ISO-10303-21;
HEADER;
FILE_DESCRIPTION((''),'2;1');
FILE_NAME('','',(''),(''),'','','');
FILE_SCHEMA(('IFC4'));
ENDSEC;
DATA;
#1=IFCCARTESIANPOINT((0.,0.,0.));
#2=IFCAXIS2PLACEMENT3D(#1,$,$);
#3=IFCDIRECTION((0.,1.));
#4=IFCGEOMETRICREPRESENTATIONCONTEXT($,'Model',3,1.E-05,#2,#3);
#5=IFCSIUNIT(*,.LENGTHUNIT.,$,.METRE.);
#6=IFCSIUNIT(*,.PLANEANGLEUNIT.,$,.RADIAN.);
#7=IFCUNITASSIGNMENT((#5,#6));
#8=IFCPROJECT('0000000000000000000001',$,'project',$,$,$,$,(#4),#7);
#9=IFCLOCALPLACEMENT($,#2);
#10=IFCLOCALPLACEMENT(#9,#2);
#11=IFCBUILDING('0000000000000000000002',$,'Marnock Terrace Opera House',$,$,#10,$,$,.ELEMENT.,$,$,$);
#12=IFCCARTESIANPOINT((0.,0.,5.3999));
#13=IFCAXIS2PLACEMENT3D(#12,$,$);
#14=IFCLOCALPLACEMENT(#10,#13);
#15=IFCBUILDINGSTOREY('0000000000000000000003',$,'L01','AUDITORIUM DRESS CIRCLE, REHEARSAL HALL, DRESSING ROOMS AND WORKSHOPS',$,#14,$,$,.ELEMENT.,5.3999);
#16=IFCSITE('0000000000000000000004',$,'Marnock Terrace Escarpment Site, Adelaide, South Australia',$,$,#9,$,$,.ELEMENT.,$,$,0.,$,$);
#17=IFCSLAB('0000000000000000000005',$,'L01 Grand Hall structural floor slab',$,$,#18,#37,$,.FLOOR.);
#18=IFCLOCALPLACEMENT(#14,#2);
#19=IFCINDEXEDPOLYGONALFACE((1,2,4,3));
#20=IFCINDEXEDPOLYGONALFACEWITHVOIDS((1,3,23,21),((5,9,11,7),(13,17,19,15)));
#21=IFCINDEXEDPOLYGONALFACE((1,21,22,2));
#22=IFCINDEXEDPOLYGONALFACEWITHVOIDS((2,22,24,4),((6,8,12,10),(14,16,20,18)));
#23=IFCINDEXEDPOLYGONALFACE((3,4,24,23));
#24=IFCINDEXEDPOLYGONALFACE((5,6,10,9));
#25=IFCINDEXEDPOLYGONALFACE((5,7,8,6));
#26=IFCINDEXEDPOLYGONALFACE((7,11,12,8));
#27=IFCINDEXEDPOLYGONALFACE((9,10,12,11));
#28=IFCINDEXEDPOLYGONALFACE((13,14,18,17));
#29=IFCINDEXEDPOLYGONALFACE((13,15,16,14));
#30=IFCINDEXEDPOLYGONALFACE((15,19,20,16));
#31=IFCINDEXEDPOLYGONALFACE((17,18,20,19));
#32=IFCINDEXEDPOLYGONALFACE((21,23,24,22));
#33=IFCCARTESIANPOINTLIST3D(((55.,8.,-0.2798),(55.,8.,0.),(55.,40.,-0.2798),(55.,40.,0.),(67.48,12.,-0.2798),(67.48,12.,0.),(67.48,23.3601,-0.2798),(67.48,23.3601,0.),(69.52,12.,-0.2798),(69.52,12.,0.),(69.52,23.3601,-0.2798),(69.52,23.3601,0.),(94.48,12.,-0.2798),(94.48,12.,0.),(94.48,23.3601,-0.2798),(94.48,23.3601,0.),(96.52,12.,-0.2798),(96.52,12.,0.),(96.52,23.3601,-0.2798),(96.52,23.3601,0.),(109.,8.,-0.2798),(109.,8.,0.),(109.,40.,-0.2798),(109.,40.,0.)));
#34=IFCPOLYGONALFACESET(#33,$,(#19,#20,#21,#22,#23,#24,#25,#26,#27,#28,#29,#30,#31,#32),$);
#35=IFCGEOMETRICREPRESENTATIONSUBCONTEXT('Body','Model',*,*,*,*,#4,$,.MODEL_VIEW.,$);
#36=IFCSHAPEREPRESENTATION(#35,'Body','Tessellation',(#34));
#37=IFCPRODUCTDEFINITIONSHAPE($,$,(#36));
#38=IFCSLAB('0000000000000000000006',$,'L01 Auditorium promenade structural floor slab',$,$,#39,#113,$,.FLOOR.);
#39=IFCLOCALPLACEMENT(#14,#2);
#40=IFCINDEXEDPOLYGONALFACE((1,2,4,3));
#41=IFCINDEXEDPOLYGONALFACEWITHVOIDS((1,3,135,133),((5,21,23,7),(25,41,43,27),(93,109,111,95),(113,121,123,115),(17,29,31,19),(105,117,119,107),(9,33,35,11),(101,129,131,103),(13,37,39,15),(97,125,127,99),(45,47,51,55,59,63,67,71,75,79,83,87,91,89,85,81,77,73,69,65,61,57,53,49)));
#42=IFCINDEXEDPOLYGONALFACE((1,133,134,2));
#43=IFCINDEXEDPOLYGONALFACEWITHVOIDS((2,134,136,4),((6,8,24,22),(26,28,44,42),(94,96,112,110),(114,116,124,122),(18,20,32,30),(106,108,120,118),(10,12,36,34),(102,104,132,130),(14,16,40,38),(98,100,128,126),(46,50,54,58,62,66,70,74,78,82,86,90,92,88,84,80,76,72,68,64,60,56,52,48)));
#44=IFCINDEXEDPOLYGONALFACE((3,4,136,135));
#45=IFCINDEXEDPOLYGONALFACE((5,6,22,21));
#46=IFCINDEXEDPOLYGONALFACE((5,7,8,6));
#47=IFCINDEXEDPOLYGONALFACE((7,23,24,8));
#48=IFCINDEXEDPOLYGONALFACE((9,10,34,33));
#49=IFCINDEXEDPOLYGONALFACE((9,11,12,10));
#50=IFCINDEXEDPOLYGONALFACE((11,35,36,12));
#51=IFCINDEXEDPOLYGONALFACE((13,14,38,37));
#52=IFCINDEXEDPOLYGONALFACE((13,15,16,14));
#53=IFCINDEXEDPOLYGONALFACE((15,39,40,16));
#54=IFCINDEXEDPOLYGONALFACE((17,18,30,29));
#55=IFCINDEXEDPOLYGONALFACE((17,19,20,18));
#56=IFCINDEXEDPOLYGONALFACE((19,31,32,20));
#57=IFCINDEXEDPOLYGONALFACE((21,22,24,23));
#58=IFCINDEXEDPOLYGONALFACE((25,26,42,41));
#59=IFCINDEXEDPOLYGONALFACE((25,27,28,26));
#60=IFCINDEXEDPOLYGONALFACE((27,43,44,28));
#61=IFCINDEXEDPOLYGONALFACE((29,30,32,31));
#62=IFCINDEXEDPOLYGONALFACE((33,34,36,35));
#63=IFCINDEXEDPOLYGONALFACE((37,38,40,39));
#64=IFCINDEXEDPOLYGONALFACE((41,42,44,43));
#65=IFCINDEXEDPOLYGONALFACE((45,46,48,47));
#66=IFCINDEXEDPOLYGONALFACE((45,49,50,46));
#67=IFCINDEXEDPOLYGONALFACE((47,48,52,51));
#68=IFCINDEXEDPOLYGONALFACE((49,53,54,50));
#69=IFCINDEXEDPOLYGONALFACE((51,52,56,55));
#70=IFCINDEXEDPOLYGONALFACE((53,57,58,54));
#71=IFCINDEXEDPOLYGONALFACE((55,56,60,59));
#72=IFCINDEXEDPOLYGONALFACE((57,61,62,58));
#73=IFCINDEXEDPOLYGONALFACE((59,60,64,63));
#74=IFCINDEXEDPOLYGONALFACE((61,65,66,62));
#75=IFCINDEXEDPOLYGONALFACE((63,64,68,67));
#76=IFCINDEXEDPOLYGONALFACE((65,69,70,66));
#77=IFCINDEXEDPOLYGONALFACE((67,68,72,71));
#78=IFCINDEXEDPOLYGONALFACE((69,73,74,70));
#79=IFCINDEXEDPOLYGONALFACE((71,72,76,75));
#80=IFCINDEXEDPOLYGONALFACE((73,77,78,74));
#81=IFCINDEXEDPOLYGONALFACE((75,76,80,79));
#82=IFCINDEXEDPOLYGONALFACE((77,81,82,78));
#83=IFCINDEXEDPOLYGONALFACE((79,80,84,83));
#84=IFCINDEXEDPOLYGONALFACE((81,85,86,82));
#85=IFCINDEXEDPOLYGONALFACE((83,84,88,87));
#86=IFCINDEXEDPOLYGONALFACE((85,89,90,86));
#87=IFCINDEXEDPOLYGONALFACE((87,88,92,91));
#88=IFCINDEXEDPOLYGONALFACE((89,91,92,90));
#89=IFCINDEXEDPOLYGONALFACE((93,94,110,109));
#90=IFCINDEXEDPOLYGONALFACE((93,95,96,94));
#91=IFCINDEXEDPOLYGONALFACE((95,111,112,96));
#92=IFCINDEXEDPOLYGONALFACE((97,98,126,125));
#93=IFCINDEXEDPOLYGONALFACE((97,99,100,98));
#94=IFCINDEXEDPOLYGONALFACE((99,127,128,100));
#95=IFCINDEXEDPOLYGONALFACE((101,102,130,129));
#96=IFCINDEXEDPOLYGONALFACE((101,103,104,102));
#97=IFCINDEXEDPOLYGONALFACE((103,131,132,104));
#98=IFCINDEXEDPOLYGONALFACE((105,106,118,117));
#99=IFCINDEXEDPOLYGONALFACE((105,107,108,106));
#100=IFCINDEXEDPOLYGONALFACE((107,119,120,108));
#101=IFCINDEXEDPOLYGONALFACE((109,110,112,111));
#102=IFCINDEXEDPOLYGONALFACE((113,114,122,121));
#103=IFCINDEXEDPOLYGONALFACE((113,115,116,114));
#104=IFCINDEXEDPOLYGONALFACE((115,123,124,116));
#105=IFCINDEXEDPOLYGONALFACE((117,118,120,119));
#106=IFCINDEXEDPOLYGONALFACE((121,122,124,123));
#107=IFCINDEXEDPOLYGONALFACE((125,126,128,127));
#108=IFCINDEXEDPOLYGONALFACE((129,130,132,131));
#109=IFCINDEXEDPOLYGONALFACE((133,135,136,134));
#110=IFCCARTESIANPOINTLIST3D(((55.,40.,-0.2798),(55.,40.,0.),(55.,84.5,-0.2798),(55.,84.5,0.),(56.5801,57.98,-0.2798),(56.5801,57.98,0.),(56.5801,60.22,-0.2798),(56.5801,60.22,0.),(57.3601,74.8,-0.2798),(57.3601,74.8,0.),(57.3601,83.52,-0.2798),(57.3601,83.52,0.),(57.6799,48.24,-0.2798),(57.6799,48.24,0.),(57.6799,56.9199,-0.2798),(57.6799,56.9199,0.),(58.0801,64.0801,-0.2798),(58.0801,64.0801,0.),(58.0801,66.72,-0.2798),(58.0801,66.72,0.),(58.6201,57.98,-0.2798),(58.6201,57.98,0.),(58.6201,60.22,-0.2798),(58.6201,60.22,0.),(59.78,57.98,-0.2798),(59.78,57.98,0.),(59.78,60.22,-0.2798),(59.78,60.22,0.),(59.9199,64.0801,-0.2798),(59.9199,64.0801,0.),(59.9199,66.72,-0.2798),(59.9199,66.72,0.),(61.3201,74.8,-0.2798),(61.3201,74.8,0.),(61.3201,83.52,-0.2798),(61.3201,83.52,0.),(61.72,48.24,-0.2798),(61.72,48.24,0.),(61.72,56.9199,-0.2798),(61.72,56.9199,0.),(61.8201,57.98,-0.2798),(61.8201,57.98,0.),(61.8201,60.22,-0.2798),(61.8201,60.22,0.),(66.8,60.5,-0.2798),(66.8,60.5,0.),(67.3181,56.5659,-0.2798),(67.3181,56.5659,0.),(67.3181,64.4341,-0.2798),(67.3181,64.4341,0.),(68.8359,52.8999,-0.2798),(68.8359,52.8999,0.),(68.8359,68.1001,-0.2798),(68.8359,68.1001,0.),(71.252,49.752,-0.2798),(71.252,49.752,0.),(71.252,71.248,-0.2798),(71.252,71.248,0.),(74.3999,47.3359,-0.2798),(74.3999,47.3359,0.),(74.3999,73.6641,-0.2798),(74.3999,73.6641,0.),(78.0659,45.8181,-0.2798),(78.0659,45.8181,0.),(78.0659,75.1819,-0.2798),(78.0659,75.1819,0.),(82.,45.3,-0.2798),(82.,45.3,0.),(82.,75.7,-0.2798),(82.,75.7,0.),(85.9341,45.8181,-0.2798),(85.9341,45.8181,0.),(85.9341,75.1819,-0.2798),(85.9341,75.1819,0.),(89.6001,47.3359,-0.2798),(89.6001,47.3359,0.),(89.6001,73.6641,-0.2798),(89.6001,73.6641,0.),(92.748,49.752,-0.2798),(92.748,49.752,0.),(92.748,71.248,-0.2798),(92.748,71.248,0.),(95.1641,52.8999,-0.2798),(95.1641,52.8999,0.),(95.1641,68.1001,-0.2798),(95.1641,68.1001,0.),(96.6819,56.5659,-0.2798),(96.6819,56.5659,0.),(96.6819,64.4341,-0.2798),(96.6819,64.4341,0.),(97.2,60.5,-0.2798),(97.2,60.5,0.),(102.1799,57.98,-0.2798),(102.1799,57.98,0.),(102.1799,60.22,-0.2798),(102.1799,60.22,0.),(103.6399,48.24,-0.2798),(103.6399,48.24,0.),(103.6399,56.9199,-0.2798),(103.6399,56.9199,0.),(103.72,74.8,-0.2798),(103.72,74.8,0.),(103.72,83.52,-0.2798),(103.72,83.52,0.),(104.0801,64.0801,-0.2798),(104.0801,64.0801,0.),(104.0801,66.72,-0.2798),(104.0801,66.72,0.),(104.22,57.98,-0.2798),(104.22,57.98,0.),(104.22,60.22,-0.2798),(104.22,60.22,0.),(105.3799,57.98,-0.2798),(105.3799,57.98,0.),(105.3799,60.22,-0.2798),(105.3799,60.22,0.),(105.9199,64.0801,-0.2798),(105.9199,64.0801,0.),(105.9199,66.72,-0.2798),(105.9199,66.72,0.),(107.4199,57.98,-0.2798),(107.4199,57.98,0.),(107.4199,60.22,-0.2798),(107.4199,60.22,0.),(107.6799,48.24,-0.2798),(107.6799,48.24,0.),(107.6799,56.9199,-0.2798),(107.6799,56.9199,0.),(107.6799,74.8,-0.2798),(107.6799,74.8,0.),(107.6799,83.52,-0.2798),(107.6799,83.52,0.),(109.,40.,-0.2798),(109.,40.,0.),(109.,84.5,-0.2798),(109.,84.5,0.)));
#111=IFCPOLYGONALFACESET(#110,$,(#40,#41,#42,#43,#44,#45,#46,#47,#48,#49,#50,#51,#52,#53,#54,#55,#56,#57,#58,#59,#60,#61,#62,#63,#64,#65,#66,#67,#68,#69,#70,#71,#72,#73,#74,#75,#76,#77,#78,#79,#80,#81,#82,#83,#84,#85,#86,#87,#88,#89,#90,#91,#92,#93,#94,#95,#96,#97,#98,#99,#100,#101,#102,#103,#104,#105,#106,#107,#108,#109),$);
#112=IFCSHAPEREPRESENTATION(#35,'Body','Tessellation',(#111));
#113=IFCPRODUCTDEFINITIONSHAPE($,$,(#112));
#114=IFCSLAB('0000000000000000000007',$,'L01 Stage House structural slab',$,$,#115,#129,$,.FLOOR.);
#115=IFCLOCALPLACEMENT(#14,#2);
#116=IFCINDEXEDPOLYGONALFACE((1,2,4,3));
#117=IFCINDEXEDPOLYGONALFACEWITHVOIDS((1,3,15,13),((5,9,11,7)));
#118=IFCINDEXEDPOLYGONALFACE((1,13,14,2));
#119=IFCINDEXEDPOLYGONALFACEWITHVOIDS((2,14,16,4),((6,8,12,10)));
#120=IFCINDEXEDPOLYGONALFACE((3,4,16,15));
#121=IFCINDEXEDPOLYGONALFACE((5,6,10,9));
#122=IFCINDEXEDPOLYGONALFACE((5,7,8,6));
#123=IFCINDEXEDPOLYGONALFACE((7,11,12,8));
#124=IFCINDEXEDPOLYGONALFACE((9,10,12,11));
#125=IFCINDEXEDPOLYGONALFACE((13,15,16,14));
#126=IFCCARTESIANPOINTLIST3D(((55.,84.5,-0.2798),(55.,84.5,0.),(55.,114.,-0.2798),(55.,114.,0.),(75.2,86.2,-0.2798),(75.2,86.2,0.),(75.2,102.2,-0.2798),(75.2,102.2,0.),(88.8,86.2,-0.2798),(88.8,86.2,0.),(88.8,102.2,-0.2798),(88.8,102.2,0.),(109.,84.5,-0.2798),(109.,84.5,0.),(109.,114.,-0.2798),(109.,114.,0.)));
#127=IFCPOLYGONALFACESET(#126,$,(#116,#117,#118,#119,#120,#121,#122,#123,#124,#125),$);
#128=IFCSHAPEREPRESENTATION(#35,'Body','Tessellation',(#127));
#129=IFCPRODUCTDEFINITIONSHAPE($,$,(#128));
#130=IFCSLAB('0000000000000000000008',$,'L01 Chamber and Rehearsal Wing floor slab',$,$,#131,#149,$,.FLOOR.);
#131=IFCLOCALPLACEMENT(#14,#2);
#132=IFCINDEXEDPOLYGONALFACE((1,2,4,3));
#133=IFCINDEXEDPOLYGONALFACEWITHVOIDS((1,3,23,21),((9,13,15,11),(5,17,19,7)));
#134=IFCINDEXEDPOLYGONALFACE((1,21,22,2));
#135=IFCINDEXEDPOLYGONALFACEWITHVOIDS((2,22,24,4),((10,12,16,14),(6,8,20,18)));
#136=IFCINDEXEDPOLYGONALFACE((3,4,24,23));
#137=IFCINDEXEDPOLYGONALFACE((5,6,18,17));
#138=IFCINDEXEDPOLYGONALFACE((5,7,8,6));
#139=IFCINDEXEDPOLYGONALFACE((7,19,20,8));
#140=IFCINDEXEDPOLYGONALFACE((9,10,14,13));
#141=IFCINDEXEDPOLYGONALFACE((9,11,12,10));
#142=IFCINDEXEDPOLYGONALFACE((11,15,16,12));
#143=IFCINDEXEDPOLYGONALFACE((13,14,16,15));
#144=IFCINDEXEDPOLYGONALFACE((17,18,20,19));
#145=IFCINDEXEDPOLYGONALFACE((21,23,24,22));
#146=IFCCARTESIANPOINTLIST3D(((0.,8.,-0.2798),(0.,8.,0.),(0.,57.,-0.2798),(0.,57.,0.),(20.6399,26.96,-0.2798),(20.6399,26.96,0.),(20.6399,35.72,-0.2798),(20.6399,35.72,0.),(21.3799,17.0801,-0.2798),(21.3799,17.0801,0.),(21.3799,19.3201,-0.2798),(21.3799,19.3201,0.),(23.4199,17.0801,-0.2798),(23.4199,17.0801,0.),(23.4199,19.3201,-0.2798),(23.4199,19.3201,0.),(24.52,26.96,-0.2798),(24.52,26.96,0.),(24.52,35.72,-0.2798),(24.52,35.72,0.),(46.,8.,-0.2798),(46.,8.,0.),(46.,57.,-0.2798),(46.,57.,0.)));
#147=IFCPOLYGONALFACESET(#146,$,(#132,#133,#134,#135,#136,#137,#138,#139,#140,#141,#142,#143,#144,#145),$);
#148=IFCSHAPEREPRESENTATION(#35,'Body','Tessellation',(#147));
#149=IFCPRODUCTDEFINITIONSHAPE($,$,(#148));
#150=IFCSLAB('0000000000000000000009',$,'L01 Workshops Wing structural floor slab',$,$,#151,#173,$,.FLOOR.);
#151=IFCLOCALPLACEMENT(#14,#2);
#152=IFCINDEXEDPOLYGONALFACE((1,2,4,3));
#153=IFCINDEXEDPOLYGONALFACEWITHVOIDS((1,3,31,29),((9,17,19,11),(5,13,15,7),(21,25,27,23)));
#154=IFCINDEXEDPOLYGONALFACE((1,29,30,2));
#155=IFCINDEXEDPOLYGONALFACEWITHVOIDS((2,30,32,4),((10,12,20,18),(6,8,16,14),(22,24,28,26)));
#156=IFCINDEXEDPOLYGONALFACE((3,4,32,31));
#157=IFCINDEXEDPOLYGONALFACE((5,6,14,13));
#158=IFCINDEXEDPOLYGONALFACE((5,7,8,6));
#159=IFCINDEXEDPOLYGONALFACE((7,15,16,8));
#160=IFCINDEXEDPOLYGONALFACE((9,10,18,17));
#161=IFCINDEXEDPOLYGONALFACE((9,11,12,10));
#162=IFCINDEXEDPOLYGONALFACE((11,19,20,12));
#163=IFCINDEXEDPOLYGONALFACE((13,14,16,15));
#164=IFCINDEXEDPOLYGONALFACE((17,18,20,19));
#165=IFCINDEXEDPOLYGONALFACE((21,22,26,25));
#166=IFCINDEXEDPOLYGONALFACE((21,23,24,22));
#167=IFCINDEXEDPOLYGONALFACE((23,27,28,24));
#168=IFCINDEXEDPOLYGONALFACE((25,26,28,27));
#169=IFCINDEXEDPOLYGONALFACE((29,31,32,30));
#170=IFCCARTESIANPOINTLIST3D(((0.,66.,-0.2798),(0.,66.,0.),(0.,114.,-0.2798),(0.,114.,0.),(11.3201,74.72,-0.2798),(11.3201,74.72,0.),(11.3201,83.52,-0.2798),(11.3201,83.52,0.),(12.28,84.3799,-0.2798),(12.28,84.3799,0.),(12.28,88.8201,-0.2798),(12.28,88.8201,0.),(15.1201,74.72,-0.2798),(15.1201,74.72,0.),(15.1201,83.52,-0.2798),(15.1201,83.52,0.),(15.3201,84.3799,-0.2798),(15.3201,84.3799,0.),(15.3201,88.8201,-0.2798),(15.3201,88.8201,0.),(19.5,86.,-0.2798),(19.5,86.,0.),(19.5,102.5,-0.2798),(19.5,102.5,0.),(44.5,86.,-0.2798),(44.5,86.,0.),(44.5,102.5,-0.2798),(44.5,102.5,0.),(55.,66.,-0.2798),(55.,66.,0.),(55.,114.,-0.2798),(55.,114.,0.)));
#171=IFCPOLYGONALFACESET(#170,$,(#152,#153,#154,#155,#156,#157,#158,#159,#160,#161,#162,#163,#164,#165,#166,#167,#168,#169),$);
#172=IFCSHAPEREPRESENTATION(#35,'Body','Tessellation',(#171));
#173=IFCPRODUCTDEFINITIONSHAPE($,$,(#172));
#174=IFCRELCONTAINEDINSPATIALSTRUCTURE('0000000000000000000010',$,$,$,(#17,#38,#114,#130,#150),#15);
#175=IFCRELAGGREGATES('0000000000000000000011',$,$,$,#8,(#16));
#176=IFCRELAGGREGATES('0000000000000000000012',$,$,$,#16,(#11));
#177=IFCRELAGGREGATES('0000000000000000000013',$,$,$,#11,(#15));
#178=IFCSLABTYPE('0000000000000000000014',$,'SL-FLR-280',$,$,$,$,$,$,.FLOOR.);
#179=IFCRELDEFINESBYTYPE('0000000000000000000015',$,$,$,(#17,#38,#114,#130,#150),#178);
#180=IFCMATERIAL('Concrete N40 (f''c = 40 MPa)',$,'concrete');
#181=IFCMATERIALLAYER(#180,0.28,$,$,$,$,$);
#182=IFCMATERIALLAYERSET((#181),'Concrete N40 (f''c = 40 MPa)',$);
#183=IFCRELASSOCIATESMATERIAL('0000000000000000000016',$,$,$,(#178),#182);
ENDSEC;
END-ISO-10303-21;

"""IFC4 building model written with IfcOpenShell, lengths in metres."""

from ifc_helpers import new_model, si_unit, direction, frame, origin, place, context, subcontext, project, spatial, polyline, outline, extrude, material, layer, layer_set, type_object, element, save


model = new_model("IFC4")

# Units and contexts
model_context = context("Model", 3, precision=1e-05, world=origin(), true_north=direction((0.0, 1.0)))
body_context = subcontext(model_context, "Body", "Model", "MODEL_VIEW")
ifc_project = project(units=[si_unit("LENGTHUNIT", "METRE"), si_unit("PLANEANGLEUNIT", "RADIAN")], contexts=[model_context])

# Site, building, storey
site_placement = place(None, origin())
site = spatial("IfcSite", under=ifc_project, at=site_placement, Name="Marnock Terrace Escarpment Site, Adelaide, South Australia", CompositionType="ELEMENT", RefElevation=0.0)
building_placement = place(site_placement, origin())
building = spatial("IfcBuilding", under=site, at=building_placement, Name="Marnock Terrace Opera House", CompositionType="ELEMENT")
storey_placement = place(building_placement, frame((0.0, 0.0, 5.3999)))
storey = spatial("IfcBuildingStorey", under=building, at=storey_placement, Name="L01", Description="AUDITORIUM DRESS CIRCLE, REHEARSAL HALL, DRESSING ROOMS AND WORKSHOPS", CompositionType="ELEMENT", Elevation=5.3999)

# Slabs
ifc_material_1 = material(Name="Concrete N40 (f'c = 40 MPa)", Category="concrete")
ifc_layer_1 = layer(ifc_material_1, 0.28)
ifc_layer_set_1 = layer_set([ifc_layer_1], Name="Concrete N40 (f'c = 40 MPa)")
slab_type_1 = type_object("IfcSlabType", Name="SL-FLR-280", PredefinedType="FLOOR", material=ifc_layer_set_1)
slab_1_placement = place(storey_placement, frame((0.0, 0.0, -0.2798)))
element("IfcSlab", 1, at=slab_1_placement, inside=storey, type_object=slab_type_1, Name="L01 Grand Hall structural floor slab", PredefinedType="FLOOR", context=body_context, shape_type="SweptSolid", body=[
    extrude(outline(polyline([(55.0, 8.0), (109.0, 8.0), (109.0, 40.0), (55.0, 40.0), (55.0, 8.0)]), holes=[polyline([(67.48, 12.0), (69.52, 12.0), (69.52, 23.3601), (67.48, 23.3601), (67.48, 12.0)]), polyline([(94.48, 12.0), (96.52, 12.0), (96.52, 23.3601), (94.48, 23.3601), (94.48, 12.0)])]), origin(), (0.0, 0.0, 1.0), 0.2798),
])
slab_2_placement = place(storey_placement, frame((0.0, 0.0, -0.2798)))
element("IfcSlab", 2, at=slab_2_placement, inside=storey, type_object=slab_type_1, Name="L01 Auditorium promenade structural floor slab", PredefinedType="FLOOR", context=body_context, shape_type="SweptSolid", body=[
    extrude(outline(polyline([(55.0, 40.0), (109.0, 40.0), (109.0, 84.5), (55.0, 84.5), (55.0, 40.0)]), holes=[polyline([(61.72, 48.24), (61.72, 56.9199), (57.6799, 56.9199), (57.6799, 48.24), (61.72, 48.24)]), polyline([(56.5801, 57.98), (58.6201, 57.98), (58.6201, 60.22), (56.5801, 60.22), (56.5801, 57.98)]), polyline([(59.78, 57.98), (61.8201, 57.98), (61.8201, 60.22), (59.78, 60.22), (59.78, 57.98)]), polyline([(107.6799, 48.24), (107.6799, 56.9199), (103.6399, 56.9199), (103.6399, 48.24), (107.6799, 48.24)]), polyline([(102.1799, 57.98), (104.22, 57.98), (104.22, 60.22), (102.1799, 60.22), (102.1799, 57.98)]), polyline([(105.3799, 57.98), (107.4199, 57.98), (107.4199, 60.22), (105.3799, 60.22), (105.3799, 57.98)]), polyline([(61.3201, 74.8), (61.3201, 83.52), (57.3601, 83.52), (57.3601, 74.8), (61.3201, 74.8)]), polyline([(58.0801, 64.0801), (59.9199, 64.0801), (59.9199, 66.72), (58.0801, 66.72), (58.0801, 64.0801)]), polyline([(107.6799, 74.8), (107.6799, 83.52), (103.72, 83.52), (103.72, 74.8), (107.6799, 74.8)]), polyline([(104.0801, 64.0801), (105.9199, 64.0801), (105.9199, 66.72), (104.0801, 66.72), (104.0801, 64.0801)]), polyline([(97.2, 60.5), (96.6819, 64.4341), (95.1641, 68.1001), (92.748, 71.248), (89.6001, 73.6641), (85.9341, 75.1819), (82.0, 75.7), (78.0659, 75.1819), (74.3999, 73.6641), (71.252, 71.248), (68.8359, 68.1001), (67.3181, 64.4341), (66.8, 60.5), (67.3181, 56.5659), (68.8359, 52.8999), (71.252, 49.752), (74.3999, 47.3359), (78.0659, 45.8181), (82.0, 45.3), (85.9341, 45.8181), (89.6001, 47.3359), (92.748, 49.752), (95.1641, 52.8999), (96.6819, 56.5659), (97.2, 60.5)])]), origin(), (0.0, 0.0, 1.0), 0.2798),
])
slab_3_placement = place(storey_placement, frame((0.0, 0.0, -0.2798)))
element("IfcSlab", 3, at=slab_3_placement, inside=storey, type_object=slab_type_1, Name="L01 Stage House structural slab", PredefinedType="FLOOR", context=body_context, shape_type="SweptSolid", body=[
    extrude(outline(polyline([(55.0, 84.5), (109.0, 84.5), (109.0, 114.0), (55.0, 114.0), (55.0, 84.5)]), holes=[polyline([(75.2, 86.2), (88.8, 86.2), (88.8, 102.2), (75.2, 102.2), (75.2, 86.2)])]), origin(), (0.0, 0.0, 1.0), 0.2798),
])
slab_4_placement = place(storey_placement, frame((0.0, 0.0, -0.2798)))
element("IfcSlab", 4, at=slab_4_placement, inside=storey, type_object=slab_type_1, Name="L01 Chamber and Rehearsal Wing floor slab", PredefinedType="FLOOR", context=body_context, shape_type="SweptSolid", body=[
    extrude(outline(polyline([(0.0, 8.0), (46.0, 8.0), (46.0, 57.0), (0.0, 57.0), (0.0, 8.0)]), holes=[polyline([(24.52, 26.96), (24.52, 35.72), (20.6399, 35.72), (20.6399, 26.96), (24.52, 26.96)]), polyline([(21.3799, 17.0801), (23.4199, 17.0801), (23.4199, 19.3201), (21.3799, 19.3201), (21.3799, 17.0801)])]), origin(), (0.0, 0.0, 1.0), 0.2798),
])
slab_5_placement = place(storey_placement, frame((0.0, 0.0, -0.2798)))
element("IfcSlab", 5, at=slab_5_placement, inside=storey, type_object=slab_type_1, Name="L01 Workshops Wing structural floor slab", PredefinedType="FLOOR", context=body_context, shape_type="SweptSolid", body=[
    extrude(outline(polyline([(0.0, 66.0), (55.0, 66.0), (55.0, 114.0), (0.0, 114.0), (0.0, 66.0)]), holes=[polyline([(15.1201, 74.72), (15.1201, 83.52), (11.3201, 83.52), (11.3201, 74.72), (15.1201, 74.72)]), polyline([(12.28, 84.3799), (15.3201, 84.3799), (15.3201, 88.8201), (12.28, 88.8201), (12.28, 84.3799)]), polyline([(19.5, 86.0), (44.5, 86.0), (44.5, 102.5), (19.5, 102.5), (19.5, 86.0)])]), origin(), (0.0, 0.0, 1.0), 0.2798),
])

save(model, "model.ifc")
